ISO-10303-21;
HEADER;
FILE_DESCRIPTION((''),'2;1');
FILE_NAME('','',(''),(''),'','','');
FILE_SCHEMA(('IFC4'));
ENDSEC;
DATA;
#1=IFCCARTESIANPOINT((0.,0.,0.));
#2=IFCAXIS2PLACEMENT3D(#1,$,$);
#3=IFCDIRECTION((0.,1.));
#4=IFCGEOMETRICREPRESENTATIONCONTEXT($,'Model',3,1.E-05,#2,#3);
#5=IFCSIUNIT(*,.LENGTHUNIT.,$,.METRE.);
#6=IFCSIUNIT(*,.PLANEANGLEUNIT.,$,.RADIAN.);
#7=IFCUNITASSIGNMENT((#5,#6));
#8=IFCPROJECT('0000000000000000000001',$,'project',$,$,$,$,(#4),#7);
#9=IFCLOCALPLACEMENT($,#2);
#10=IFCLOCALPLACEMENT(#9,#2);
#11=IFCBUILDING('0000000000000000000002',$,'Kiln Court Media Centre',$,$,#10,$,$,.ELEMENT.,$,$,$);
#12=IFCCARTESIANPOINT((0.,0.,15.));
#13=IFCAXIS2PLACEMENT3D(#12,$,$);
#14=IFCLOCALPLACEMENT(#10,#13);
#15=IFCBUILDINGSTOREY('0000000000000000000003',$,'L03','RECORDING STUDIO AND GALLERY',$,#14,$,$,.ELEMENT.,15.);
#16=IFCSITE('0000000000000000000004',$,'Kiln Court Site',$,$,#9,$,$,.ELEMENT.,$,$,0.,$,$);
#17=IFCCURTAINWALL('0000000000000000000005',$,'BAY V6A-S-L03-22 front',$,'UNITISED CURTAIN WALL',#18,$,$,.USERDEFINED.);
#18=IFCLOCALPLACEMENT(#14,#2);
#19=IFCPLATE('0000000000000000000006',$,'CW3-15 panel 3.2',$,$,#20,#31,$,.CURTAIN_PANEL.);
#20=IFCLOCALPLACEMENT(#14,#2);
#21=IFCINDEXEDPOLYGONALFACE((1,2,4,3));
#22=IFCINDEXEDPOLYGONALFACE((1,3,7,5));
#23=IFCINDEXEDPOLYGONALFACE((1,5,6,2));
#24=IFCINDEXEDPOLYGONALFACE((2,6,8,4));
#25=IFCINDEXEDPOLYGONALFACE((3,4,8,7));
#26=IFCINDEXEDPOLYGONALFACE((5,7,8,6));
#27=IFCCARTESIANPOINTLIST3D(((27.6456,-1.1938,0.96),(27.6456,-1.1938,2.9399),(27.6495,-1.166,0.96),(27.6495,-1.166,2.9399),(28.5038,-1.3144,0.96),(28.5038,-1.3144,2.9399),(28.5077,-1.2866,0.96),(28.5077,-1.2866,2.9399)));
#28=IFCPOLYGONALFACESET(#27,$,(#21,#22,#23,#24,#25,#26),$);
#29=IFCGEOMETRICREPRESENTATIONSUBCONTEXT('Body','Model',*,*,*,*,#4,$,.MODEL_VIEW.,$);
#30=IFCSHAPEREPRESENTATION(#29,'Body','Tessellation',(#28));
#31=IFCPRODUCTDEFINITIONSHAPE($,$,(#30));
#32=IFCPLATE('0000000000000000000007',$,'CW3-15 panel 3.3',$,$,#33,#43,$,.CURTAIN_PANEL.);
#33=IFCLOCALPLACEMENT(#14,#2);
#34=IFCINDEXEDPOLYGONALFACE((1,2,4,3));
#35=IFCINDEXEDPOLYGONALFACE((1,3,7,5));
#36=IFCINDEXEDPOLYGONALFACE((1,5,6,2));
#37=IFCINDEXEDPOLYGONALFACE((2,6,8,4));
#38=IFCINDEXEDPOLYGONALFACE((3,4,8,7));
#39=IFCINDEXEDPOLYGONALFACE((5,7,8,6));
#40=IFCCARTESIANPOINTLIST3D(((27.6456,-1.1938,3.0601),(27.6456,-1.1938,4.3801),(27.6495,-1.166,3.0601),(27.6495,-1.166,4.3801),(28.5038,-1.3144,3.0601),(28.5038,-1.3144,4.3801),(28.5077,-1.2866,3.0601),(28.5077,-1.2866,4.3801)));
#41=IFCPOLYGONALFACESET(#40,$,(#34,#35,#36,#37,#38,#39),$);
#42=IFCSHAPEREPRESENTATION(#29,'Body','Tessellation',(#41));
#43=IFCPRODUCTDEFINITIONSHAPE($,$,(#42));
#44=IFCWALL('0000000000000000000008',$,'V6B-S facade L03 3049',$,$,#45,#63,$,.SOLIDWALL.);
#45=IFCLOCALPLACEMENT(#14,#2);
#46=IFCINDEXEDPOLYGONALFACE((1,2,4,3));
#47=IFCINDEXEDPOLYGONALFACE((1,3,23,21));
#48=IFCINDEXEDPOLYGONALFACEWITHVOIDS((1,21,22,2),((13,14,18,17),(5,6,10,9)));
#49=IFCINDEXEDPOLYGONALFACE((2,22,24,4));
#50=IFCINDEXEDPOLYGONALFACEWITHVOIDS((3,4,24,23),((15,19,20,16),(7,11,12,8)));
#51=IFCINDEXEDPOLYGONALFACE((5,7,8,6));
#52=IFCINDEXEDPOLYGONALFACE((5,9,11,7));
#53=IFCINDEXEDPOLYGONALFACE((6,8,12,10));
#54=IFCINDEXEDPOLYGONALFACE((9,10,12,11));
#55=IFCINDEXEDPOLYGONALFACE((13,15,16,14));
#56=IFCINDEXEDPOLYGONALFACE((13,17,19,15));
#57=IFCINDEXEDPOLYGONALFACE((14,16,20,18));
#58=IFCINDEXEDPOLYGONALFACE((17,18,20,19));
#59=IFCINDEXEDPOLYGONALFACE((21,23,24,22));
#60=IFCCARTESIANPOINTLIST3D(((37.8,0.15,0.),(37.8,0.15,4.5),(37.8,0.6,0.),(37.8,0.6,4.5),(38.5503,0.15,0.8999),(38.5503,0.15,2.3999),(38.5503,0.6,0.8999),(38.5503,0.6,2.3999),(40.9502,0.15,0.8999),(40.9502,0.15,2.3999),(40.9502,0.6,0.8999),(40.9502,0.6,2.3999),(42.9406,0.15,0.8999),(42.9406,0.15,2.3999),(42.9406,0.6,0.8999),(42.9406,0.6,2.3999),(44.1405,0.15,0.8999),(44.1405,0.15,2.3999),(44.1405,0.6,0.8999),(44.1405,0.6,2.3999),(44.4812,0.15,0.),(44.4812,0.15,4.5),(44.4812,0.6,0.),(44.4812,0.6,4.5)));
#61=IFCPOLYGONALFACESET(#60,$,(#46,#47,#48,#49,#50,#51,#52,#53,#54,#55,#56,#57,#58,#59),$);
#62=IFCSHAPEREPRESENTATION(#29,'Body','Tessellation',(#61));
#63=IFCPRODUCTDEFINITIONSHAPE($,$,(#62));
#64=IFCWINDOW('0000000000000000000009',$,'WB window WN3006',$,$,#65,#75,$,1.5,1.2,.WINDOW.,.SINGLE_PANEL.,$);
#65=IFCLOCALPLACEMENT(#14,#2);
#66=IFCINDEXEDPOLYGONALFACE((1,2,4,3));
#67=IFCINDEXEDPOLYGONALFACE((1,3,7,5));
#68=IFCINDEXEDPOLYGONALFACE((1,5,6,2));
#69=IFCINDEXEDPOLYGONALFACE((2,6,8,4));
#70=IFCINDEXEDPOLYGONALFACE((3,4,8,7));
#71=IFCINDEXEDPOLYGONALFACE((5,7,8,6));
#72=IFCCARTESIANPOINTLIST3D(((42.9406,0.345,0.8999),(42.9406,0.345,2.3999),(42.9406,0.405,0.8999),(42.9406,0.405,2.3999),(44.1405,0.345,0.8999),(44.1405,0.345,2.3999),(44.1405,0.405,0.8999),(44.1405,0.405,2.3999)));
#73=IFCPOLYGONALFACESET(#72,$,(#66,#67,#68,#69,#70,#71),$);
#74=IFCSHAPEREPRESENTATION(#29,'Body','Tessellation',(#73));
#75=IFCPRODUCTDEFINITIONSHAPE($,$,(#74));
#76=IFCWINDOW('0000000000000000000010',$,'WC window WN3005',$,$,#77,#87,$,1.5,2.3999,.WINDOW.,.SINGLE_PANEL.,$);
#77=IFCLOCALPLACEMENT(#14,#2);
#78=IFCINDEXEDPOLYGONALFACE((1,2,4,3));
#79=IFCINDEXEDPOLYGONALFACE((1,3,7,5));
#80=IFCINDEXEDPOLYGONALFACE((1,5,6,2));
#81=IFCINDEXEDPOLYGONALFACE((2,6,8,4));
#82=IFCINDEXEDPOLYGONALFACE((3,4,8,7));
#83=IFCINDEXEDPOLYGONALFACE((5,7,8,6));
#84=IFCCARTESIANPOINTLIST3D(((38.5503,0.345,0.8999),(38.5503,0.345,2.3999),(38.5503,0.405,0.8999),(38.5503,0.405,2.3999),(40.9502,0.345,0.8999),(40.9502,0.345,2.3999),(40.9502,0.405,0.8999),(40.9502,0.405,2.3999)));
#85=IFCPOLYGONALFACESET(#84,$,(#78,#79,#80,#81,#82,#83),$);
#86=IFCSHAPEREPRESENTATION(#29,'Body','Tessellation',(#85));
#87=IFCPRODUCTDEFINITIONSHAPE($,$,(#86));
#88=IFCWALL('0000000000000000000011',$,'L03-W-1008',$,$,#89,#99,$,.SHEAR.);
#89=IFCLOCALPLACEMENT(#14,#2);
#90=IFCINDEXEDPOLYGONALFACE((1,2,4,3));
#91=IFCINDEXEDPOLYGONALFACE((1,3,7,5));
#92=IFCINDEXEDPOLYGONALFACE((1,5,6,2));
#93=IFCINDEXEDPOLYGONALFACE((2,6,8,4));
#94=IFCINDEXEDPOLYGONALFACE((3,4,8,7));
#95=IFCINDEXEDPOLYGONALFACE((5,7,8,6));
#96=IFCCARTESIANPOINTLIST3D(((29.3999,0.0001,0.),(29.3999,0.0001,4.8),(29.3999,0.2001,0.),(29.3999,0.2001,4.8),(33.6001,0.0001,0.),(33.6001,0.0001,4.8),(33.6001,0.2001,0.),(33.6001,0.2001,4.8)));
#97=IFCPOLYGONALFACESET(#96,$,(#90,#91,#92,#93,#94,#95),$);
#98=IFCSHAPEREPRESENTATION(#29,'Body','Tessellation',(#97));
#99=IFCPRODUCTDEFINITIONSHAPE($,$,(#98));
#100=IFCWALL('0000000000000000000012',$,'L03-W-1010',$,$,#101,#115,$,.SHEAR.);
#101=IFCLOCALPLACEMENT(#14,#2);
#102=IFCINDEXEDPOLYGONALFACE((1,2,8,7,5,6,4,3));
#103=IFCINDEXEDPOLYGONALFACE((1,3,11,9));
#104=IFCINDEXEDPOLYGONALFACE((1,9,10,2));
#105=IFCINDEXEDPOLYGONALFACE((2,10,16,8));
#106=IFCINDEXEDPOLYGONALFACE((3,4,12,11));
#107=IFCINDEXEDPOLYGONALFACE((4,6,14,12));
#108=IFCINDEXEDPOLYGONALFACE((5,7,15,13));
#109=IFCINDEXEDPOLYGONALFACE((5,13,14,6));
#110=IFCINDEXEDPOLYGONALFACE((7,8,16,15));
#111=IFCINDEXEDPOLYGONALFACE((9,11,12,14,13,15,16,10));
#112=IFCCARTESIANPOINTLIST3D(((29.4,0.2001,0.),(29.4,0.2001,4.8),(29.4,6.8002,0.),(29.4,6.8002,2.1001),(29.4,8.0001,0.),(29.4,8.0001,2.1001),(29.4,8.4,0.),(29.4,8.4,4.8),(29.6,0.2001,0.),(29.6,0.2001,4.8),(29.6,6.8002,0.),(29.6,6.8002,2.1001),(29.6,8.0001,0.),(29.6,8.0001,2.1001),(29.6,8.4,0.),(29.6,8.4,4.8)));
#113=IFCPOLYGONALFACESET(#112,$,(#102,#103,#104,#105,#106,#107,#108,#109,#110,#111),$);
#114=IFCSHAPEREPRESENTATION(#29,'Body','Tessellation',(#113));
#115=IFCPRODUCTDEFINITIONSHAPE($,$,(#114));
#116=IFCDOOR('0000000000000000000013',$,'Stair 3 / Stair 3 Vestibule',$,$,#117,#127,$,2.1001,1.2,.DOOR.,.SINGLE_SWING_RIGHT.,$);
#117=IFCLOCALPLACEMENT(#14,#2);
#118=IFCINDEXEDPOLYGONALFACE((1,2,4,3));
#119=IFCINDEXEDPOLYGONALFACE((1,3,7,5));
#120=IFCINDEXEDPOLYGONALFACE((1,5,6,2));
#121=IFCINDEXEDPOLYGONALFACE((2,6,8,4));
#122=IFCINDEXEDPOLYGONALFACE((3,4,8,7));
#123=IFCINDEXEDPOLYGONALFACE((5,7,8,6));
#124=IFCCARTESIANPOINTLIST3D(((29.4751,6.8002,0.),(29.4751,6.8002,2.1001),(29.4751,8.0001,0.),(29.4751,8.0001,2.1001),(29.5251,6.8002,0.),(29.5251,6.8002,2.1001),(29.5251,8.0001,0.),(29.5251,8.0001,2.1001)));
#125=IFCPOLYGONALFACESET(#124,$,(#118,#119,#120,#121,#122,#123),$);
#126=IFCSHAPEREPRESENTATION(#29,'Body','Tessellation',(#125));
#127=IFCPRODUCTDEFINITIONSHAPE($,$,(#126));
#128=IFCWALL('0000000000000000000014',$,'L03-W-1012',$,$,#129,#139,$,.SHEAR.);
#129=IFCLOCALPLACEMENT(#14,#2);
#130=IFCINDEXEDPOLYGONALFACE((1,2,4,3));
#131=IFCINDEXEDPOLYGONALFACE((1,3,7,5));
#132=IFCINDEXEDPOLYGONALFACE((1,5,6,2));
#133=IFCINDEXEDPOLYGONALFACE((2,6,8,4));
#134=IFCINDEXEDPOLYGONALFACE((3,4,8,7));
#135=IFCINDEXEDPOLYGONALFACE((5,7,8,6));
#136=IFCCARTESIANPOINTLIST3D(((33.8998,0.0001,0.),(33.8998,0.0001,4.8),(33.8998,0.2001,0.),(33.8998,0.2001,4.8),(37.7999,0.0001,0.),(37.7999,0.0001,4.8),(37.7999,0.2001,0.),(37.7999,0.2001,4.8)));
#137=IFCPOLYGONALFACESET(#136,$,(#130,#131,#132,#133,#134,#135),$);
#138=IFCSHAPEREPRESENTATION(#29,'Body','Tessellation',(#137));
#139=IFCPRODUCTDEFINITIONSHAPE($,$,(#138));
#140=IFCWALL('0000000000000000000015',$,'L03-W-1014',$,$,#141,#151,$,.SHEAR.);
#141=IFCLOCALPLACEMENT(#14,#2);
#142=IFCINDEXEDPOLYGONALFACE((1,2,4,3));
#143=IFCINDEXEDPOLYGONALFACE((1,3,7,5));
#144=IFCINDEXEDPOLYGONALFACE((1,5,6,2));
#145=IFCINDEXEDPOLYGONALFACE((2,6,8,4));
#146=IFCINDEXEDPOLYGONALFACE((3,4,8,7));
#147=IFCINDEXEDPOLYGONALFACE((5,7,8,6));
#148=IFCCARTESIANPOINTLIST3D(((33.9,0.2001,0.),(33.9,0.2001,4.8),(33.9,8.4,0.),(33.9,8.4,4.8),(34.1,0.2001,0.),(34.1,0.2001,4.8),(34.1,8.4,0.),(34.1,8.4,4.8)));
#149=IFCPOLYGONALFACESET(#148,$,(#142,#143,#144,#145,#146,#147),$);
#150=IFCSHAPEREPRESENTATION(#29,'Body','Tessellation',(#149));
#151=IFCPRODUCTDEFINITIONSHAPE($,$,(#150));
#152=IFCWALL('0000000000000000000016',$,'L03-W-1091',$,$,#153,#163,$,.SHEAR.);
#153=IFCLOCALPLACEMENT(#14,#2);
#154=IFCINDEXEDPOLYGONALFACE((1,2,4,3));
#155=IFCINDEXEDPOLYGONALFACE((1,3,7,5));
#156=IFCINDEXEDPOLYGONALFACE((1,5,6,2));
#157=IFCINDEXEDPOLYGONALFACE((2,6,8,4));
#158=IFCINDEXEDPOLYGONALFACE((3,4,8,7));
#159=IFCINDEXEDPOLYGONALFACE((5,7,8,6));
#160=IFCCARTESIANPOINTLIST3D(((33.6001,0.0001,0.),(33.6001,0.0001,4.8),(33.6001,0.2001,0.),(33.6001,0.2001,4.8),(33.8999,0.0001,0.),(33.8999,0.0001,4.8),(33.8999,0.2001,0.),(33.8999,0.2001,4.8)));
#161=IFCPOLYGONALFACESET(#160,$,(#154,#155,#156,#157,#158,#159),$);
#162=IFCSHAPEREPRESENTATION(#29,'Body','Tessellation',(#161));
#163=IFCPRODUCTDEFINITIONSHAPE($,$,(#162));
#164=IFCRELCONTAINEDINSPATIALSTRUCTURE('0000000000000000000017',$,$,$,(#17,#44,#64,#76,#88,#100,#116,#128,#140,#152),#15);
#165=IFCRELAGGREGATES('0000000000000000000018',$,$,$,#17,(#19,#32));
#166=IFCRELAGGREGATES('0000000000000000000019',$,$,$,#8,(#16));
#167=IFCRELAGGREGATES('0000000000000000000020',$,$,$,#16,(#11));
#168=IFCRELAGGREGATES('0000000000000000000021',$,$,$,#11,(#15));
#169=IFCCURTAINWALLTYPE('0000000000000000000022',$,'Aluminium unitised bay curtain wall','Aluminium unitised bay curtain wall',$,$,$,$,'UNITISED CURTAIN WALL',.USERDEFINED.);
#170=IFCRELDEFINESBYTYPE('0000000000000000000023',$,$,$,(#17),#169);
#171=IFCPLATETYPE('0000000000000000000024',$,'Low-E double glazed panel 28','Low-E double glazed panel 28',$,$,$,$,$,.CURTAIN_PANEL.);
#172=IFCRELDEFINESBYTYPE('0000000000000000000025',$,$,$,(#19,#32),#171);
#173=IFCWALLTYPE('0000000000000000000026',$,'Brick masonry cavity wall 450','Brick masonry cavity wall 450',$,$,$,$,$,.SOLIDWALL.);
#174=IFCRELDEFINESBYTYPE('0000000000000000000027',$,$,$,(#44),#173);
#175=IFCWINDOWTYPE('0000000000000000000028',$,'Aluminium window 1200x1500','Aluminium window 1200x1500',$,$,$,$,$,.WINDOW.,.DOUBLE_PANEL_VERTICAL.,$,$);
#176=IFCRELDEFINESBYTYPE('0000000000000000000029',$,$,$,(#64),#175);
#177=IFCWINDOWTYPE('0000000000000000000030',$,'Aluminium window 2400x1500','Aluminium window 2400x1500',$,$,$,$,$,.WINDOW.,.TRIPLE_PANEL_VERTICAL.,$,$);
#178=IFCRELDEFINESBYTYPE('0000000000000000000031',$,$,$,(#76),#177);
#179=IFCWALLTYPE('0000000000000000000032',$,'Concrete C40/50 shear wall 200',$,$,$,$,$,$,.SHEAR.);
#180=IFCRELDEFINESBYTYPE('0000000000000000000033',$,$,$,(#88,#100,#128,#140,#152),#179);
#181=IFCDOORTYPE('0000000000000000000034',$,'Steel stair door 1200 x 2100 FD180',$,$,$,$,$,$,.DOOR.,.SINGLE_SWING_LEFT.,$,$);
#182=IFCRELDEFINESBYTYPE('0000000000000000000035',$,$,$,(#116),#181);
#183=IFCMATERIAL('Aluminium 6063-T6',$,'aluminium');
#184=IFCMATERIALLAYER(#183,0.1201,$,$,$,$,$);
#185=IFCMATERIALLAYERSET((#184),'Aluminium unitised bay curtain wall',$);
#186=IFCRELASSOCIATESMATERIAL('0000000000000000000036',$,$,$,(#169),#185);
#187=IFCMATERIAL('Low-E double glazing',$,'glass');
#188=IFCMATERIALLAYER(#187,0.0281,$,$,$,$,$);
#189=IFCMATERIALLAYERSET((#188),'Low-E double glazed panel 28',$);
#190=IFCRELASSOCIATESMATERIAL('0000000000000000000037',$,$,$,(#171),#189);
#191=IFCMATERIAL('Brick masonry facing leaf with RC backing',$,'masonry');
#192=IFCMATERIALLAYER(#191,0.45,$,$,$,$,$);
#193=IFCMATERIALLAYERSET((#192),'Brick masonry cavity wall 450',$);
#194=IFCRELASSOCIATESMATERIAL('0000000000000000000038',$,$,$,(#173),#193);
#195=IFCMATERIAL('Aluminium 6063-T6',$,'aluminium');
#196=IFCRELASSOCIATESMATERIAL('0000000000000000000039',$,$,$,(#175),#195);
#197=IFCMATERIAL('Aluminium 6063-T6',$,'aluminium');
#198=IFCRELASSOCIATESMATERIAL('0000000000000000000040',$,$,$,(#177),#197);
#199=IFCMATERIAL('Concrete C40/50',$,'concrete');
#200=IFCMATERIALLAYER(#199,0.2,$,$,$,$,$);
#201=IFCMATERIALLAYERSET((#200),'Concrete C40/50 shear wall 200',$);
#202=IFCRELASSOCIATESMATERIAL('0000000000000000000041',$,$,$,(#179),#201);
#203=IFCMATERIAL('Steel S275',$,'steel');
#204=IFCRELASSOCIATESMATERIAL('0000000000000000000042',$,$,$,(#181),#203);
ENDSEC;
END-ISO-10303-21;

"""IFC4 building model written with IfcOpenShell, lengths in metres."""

from ifc_helpers import new_model, si_unit, direction, frame, frame_2d, origin, origin_2d, place, context, subcontext, project, spatial, rectangle, extrude, material, layer, layer_set, type_object, element, fill, aggregate, save


model = new_model("IFC4")

# Units and contexts
model_context = context("Model", 3, precision=1e-05, world=origin(), true_north=direction((0.0, 1.0)))
body_context = subcontext(model_context, "Body", "Model", "MODEL_VIEW")
ifc_project = project(units=[si_unit("LENGTHUNIT", "METRE"), si_unit("PLANEANGLEUNIT", "RADIAN")], contexts=[model_context])

# Site, building, storey
site_placement = place(None, origin())
site = spatial("IfcSite", under=ifc_project, at=site_placement, Name="Kiln Court Site", CompositionType="ELEMENT", RefElevation=0.0)
building_placement = place(site_placement, origin())
building = spatial("IfcBuilding", under=site, at=building_placement, Name="Kiln Court Media Centre", CompositionType="ELEMENT")
storey_placement = place(building_placement, frame((0.0, 0.0, 15.0)))
storey = spatial("IfcBuildingStorey", under=building, at=storey_placement, Name="L03", Description="RECORDING STUDIO AND GALLERY", CompositionType="ELEMENT", Elevation=15.0)

# Curtain wall
ifc_material_1 = material(Name="Aluminium 6063-T6", Category="aluminium")
ifc_layer_1 = layer(ifc_material_1, 0.1201)
ifc_layer_set_1 = layer_set([ifc_layer_1], Name="Aluminium unitised bay curtain wall")
curtain_wall_type = type_object("IfcCurtainWallType", Name="Aluminium unitised bay curtain wall", Description="Aluminium unitised bay curtain wall", ElementType="UNITISED CURTAIN WALL", PredefinedType="USERDEFINED", material=ifc_layer_set_1)
curtain_wall_1_placement = place(storey_placement, origin())
curtain_wall_1 = element("IfcCurtainWall", 1, at=curtain_wall_1_placement, inside=storey, type_object=curtain_wall_type, Name="BAY V6A-S-L03-22 front", ObjectType="UNITISED CURTAIN WALL", PredefinedType="USERDEFINED")

# Plates
ifc_material_2 = material(Name="Low-E double glazing", Category="glass")
ifc_layer_2 = layer(ifc_material_2, 0.0281)
ifc_layer_set_2 = layer_set([ifc_layer_2], Name="Low-E double glazed panel 28")
plate_type_1 = type_object("IfcPlateType", Name="Low-E double glazed panel 28", Description="Low-E double glazed panel 28", PredefinedType="CURTAIN_PANEL", material=ifc_layer_set_2)
plate_1_placement = place(storey_placement, frame((28.0767, -1.2402, 0.96), z_axis=(0.0, 0.0, 1.0), x_axis=(0.99027, -0.139162, 0.0)))
plate_1 = element("IfcPlate", 2, at=plate_1_placement, type_object=plate_type_1, Name="CW3-15 panel 3.2", PredefinedType="CURTAIN_PANEL", context=body_context, shape_type="SweptSolid", body=[
    extrude(rectangle(XDim=0.8667, YDim=0.0281, at=origin_2d()), origin(), (0.0, 0.0, 1.0), 1.98),
])
plate_2_placement = place(storey_placement, frame((28.0767, -1.2402, 3.0601), z_axis=(0.0, 0.0, 1.0), x_axis=(0.99027, -0.139162, 0.0)))
plate_2 = element("IfcPlate", 3, at=plate_2_placement, type_object=plate_type_1, Name="CW3-15 panel 3.3", PredefinedType="CURTAIN_PANEL", context=body_context, shape_type="SweptSolid", body=[
    extrude(rectangle(XDim=0.8667, YDim=0.0281, at=origin_2d()), origin(), (0.0, 0.0, 1.0), 1.3201),
])
aggregate(curtain_wall_1, [plate_1, plate_2])

# Wall, openings, windows
ifc_material_3 = material(Name="Brick masonry facing leaf with RC backing", Category="masonry")
ifc_layer_3 = layer(ifc_material_3, 0.45)
ifc_layer_set_3 = layer_set([ifc_layer_3], Name="Brick masonry cavity wall 450")
wall_type_1 = type_object("IfcWallType", Name="Brick masonry cavity wall 450", Description="Brick masonry cavity wall 450", PredefinedType="SOLIDWALL", material=ifc_layer_set_3)
wall_1_placement = place(storey_placement, frame((44.4812, 0.375, 0.0), z_axis=(0.0, 0.0, 1.0), x_axis=(-1.0, 0.0, 0.0)))
wall_1 = element("IfcWall", 4, at=wall_1_placement, inside=storey, type_object=wall_type_1, Name="V6B-S facade L03 3049", PredefinedType="SOLIDWALL", context=body_context, shape_type="SweptSolid", body=[
    extrude(rectangle(XDim=6.6812, YDim=0.45, at=frame_2d((3.3406, 0.0))), origin(), (0.0, 0.0, 1.0), 4.5),
])
opening_1_placement = place(wall_1_placement, frame((3.531, 0.0, 0.8999)))
opening_1 = element("IfcOpeningElement", 5, at=opening_1_placement, cuts=wall_1, PredefinedType="OPENING", context=body_context, shape_type="SweptSolid", body=[
    extrude(rectangle(XDim=2.3999, YDim=1.5, at=frame_2d((1.2, 0.75))), frame((0.0, 0.2349, 0.0), z_axis=(0.0, -1.0, 0.0), x_axis=(1.0, 0.0, 0.0)), (0.0, 0.0, 1.0), 0.47),
])
opening_2_placement = place(wall_1_placement, frame((0.3406, 0.0, 0.8999)))
opening_2 = element("IfcOpeningElement", 6, at=opening_2_placement, cuts=wall_1, PredefinedType="OPENING", context=body_context, shape_type="SweptSolid", body=[
    extrude(rectangle(XDim=1.2, YDim=1.5, at=frame_2d((0.6001, 0.75))), frame((0.0, 0.2349, 0.0), z_axis=(0.0, -1.0, 0.0), x_axis=(1.0, 0.0, 0.0)), (0.0, 0.0, 1.0), 0.47),
])
ifc_material_4 = material(Name="Aluminium 6063-T6", Category="aluminium")
window_type_1 = type_object("IfcWindowType", Name="Aluminium window 1200x1500", Description="Aluminium window 1200x1500", PartitioningType="DOUBLE_PANEL_VERTICAL", PredefinedType="WINDOW", material=ifc_material_4)
window_1_placement = place(opening_2_placement, origin())
window_1 = element("IfcWindow", 7, at=window_1_placement, inside=storey, type_object=window_type_1, Name="WB window WN3006", OverallHeight=1.5, OverallWidth=1.2, PartitioningType="SINGLE_PANEL", PredefinedType="WINDOW", context=body_context, shape_type="SweptSolid", body=[
    extrude(rectangle(XDim=1.2, YDim=1.5, at=frame_2d((0.6001, 0.75))), frame((0.0, 0.03, 0.0), z_axis=(0.0, -1.0, 0.0), x_axis=(1.0, 0.0, 0.0)), (0.0, 0.0, 1.0), 0.0601),
])
fill(opening_2, window_1)
ifc_material_5 = material(Name="Aluminium 6063-T6", Category="aluminium")
window_type_2 = type_object("IfcWindowType", Name="Aluminium window 2400x1500", Description="Aluminium window 2400x1500", PartitioningType="TRIPLE_PANEL_VERTICAL", PredefinedType="WINDOW", material=ifc_material_5)
window_2_placement = place(opening_1_placement, origin())
window_2 = element("IfcWindow", 8, at=window_2_placement, inside=storey, type_object=window_type_2, Name="WC window WN3005", OverallHeight=1.5, OverallWidth=2.3999, PartitioningType="SINGLE_PANEL", PredefinedType="WINDOW", context=body_context, shape_type="SweptSolid", body=[
    extrude(rectangle(XDim=2.3999, YDim=1.5, at=frame_2d((1.2, 0.75))), frame((0.0, 0.03, 0.0), z_axis=(0.0, -1.0, 0.0), x_axis=(1.0, 0.0, 0.0)), (0.0, 0.0, 1.0), 0.0601),
])
fill(opening_1, window_2)

# Wall
ifc_material_6 = material(Name="Concrete C40/50", Category="concrete")
ifc_layer_4 = layer(ifc_material_6, 0.2)
ifc_layer_set_4 = layer_set([ifc_layer_4], Name="Concrete C40/50 shear wall 200")
wall_type_2 = type_object("IfcWallType", Name="Concrete C40/50 shear wall 200", PredefinedType="SHEAR", material=ifc_layer_set_4)
wall_2_placement = place(storey_placement, frame((33.6001, 0.1001, 0.0), z_axis=(0.0, 0.0, 1.0), x_axis=(-1.0, 0.0, 0.0)))
element("IfcWall", 9, at=wall_2_placement, inside=storey, type_object=wall_type_2, Name="L03-W-1008", PredefinedType="SHEAR", context=body_context, shape_type="SweptSolid", body=[
    extrude(rectangle(XDim=4.2002, YDim=0.2, at=frame_2d((2.1001, 0.0))), origin(), (0.0, 0.0, 1.0), 4.8),
])

# Wall, opening, door
wall_3_placement = place(storey_placement, frame((29.5, 0.2, 0.0), z_axis=(0.0, 0.0, 1.0), x_axis=(0.0, 1.0, 0.0)))
wall_3 = element("IfcWall", 10, at=wall_3_placement, inside=storey, type_object=wall_type_2, Name="L03-W-1010", PredefinedType="SHEAR", context=body_context, shape_type="SweptSolid", body=[
    extrude(rectangle(XDim=8.2, YDim=0.2, at=frame_2d((4.1001, 0.0))), origin(), (0.0, 0.0, 1.0), 4.8),
])
opening_3_placement = place(wall_3_placement, frame((6.6001, 0.0, 0.0)))
opening_3 = element("IfcOpeningElement", 11, at=opening_3_placement, cuts=wall_3, PredefinedType="OPENING", context=body_context, shape_type="SweptSolid", body=[
    extrude(rectangle(XDim=1.2, YDim=2.1001, at=frame_2d((0.6001, 1.05))), frame((0.0, 0.1099, 0.0), z_axis=(0.0, -1.0, 0.0), x_axis=(1.0, 0.0, 0.0)), (0.0, 0.0, 1.0), 0.22),
])
ifc_material_7 = material(Name="Steel S275", Category="steel")
door_type = type_object("IfcDoorType", Name="Steel stair door 1200 x 2100 FD180", OperationType="SINGLE_SWING_LEFT", PredefinedType="DOOR", material=ifc_material_7)
door_placement = place(opening_3_placement, origin())
door = element("IfcDoor", 12, at=door_placement, inside=storey, type_object=door_type, Name="Stair 3 / Stair 3 Vestibule", OperationType="SINGLE_SWING_RIGHT", OverallHeight=2.1001, OverallWidth=1.2, PredefinedType="DOOR", context=body_context, shape_type="SweptSolid", body=[
    extrude(rectangle(XDim=1.2, YDim=2.1001, at=frame_2d((0.6001, 1.05))), frame((0.0, 0.0249, 0.0), z_axis=(0.0, -1.0, 0.0), x_axis=(1.0, 0.0, 0.0)), (0.0, 0.0, 1.0), 0.05),
])
fill(opening_3, door)

# Walls
wall_4_placement = place(storey_placement, frame((37.8, 0.1001, 0.0), z_axis=(0.0, 0.0, 1.0), x_axis=(-1.0, 0.0, 0.0)))
element("IfcWall", 13, at=wall_4_placement, inside=storey, type_object=wall_type_2, Name="L03-W-1012", PredefinedType="SHEAR", context=body_context, shape_type="SweptSolid", body=[
    extrude(rectangle(XDim=3.9001, YDim=0.2, at=frame_2d((1.9502, 0.0))), origin(), (0.0, 0.0, 1.0), 4.8),
])
wall_5_placement = place(storey_placement, frame((34.0, 0.2, 0.0), z_axis=(0.0, 0.0, 1.0), x_axis=(0.0, 1.0, 0.0)))
element("IfcWall", 14, at=wall_5_placement, inside=storey, type_object=wall_type_2, Name="L03-W-1014", PredefinedType="SHEAR", context=body_context, shape_type="SweptSolid", body=[
    extrude(rectangle(XDim=8.2, YDim=0.2, at=frame_2d((4.1001, 0.0))), origin(), (0.0, 0.0, 1.0), 4.8),
])
wall_6_placement = place(storey_placement, frame((33.8999, 0.1001, 0.0), z_axis=(0.0, 0.0, 1.0), x_axis=(-1.0, 0.0, 0.0)))
element("IfcWall", 15, at=wall_6_placement, inside=storey, type_object=wall_type_2, Name="L03-W-1091", PredefinedType="SHEAR", context=body_context, shape_type="SweptSolid", body=[
    extrude(rectangle(XDim=0.2998, YDim=0.2, at=frame_2d((0.1499, 0.0))), origin(), (0.0, 0.0, 1.0), 4.8),
])

save(model, "model.ifc")
